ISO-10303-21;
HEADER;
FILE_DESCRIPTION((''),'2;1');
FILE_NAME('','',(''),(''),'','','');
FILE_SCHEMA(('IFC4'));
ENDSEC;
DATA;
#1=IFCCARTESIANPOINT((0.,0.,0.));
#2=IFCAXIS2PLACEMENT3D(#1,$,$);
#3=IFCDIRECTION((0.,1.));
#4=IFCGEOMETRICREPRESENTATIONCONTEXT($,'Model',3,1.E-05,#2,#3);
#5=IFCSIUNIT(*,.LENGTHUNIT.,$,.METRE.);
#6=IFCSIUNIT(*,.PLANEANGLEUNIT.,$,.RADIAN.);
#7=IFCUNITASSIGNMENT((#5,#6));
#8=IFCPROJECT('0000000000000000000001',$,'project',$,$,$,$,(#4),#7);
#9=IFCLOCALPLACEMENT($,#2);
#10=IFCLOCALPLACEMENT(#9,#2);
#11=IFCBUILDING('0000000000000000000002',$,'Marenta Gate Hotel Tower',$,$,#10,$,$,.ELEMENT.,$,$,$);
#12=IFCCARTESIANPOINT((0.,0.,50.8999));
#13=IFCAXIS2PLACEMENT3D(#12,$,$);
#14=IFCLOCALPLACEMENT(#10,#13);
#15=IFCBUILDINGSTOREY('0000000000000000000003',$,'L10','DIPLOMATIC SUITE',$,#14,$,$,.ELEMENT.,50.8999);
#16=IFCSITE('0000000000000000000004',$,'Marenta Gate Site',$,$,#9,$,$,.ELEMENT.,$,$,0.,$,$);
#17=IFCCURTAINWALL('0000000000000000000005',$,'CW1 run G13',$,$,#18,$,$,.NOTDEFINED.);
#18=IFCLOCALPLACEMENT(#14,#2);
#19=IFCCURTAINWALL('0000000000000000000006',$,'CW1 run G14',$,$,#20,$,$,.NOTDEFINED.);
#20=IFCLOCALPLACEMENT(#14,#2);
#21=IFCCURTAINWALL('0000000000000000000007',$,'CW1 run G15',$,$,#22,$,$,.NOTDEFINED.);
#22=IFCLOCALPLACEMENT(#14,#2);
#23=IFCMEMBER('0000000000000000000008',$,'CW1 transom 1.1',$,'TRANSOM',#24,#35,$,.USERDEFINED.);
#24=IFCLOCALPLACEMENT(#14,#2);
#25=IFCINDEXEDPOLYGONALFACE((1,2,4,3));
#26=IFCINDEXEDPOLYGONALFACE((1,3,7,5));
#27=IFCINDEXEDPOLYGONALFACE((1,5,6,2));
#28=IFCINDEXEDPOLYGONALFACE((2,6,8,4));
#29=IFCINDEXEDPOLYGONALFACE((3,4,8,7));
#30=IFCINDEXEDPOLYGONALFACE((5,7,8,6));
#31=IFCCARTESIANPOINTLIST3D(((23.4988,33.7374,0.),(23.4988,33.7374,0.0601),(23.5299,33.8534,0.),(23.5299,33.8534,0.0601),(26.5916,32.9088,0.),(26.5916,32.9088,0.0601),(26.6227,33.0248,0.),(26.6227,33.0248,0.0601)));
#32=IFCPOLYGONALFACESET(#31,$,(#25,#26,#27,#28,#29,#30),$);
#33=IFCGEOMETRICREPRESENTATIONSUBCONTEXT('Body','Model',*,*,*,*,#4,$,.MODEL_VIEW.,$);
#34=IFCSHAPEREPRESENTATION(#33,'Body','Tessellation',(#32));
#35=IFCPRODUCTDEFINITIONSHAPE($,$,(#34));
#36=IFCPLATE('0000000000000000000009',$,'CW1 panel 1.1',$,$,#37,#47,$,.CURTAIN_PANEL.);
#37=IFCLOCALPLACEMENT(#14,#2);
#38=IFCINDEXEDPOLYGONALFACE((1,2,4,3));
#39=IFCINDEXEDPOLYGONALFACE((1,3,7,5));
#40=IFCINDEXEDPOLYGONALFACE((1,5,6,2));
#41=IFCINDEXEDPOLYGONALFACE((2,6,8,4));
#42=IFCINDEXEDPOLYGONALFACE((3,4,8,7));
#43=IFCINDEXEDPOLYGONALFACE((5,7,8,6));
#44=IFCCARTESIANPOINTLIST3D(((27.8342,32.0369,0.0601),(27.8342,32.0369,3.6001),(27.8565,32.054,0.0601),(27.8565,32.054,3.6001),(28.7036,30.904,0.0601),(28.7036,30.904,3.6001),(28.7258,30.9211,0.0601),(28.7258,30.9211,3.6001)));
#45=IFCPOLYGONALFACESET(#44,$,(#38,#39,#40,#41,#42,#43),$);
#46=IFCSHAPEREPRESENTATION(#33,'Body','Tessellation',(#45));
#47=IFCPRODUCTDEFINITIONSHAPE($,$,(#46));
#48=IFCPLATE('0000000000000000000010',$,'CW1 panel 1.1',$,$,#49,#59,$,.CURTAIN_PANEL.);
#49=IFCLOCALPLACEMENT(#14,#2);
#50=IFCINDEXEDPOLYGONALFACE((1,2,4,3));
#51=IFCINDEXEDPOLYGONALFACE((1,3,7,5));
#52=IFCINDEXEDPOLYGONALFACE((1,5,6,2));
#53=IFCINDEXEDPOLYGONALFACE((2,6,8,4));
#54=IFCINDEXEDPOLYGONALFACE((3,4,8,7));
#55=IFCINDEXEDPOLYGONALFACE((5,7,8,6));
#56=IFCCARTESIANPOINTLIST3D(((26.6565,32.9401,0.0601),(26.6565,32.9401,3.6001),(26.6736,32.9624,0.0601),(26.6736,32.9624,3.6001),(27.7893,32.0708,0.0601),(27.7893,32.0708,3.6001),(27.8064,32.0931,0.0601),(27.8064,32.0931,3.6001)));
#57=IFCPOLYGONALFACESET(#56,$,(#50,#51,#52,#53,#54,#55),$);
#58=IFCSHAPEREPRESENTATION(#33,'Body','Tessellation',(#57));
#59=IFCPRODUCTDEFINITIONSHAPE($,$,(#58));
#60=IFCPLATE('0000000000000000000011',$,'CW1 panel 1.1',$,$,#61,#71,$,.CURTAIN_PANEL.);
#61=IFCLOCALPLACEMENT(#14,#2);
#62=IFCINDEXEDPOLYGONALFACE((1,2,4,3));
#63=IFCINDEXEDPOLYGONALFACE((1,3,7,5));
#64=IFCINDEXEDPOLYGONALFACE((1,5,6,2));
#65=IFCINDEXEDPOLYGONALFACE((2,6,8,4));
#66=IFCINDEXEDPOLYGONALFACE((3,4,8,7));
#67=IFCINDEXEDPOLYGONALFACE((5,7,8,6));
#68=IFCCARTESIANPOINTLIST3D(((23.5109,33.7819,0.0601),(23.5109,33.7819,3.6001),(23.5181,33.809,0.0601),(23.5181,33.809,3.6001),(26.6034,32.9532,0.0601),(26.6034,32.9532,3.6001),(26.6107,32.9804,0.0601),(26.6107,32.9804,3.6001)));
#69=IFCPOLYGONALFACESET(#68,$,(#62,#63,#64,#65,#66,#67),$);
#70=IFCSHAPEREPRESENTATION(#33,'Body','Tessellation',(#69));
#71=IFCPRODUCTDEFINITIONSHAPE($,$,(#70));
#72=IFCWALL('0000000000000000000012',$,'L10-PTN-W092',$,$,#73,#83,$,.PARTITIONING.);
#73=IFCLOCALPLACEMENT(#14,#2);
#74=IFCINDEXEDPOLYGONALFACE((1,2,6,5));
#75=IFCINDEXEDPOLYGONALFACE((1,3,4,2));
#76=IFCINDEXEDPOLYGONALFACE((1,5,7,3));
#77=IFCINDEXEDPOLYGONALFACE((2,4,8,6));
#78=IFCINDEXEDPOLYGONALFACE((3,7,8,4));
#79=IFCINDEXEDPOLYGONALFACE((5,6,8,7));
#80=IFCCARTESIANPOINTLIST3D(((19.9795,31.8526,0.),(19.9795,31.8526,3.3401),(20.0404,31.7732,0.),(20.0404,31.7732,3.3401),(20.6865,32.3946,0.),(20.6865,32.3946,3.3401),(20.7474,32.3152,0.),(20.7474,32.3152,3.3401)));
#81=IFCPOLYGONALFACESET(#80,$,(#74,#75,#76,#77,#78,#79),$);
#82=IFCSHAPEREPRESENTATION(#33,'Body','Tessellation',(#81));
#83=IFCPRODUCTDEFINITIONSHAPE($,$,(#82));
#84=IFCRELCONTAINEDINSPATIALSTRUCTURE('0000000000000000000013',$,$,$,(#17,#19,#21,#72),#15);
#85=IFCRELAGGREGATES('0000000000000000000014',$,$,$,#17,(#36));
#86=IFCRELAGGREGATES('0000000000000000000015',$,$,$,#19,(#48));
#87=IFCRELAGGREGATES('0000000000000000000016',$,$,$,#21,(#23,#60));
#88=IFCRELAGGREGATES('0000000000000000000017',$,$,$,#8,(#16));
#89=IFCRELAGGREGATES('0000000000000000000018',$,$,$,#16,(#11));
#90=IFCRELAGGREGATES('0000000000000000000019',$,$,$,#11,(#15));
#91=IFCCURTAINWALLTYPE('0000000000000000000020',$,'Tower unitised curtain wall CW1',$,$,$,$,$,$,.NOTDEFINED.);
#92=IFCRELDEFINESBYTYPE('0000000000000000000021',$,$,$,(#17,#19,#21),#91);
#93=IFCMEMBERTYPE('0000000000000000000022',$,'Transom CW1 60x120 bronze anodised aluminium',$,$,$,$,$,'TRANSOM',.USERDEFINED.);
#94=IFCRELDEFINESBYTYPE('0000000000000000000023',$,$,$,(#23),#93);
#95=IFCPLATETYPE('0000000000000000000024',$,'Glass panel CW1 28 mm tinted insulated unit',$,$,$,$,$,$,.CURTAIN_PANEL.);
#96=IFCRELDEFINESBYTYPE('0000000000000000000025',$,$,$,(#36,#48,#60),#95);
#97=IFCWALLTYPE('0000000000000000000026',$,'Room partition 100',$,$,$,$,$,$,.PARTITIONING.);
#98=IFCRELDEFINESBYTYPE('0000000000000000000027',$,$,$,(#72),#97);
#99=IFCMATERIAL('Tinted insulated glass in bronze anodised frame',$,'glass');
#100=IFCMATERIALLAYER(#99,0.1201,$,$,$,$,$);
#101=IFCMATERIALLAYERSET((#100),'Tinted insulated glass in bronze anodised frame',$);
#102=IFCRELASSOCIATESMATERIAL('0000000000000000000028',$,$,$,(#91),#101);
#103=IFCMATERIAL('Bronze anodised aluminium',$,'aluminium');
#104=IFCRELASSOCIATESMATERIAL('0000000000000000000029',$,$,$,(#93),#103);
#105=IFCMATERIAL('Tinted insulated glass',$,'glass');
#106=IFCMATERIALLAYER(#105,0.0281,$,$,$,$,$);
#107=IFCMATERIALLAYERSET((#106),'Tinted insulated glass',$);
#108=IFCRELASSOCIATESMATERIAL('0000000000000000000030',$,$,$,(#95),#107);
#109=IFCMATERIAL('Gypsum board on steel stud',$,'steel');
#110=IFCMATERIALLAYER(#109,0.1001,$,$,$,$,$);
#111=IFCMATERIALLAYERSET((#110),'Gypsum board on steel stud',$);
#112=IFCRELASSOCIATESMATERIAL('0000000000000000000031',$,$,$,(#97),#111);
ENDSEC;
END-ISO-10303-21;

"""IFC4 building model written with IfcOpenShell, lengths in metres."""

from ifc_helpers import new_model, si_unit, direction, frame, frame_2d, origin, origin_2d, place, context, subcontext, project, spatial, rectangle, extrude, material, layer, layer_set, material_profile, profile_set, type_object, element, aggregate, save


model = new_model("IFC4")

# Units and contexts
model_context = context("Model", 3, precision=1e-05, world=origin(), true_north=direction((0.0, 1.0)))
body_context = subcontext(model_context, "Body", "Model", "MODEL_VIEW")
ifc_project = project(units=[si_unit("LENGTHUNIT", "METRE"), si_unit("PLANEANGLEUNIT", "RADIAN")], contexts=[model_context])

# Site, building, storey
site_placement = place(None, origin())
site = spatial("IfcSite", under=ifc_project, at=site_placement, Name="Marenta Gate Site", CompositionType="ELEMENT", RefElevation=0.0)
building_placement = place(site_placement, origin())
building = spatial("IfcBuilding", under=site, at=building_placement, Name="Marenta Gate Hotel Tower", CompositionType="ELEMENT")
storey_placement = place(building_placement, frame((0.0, 0.0, 50.8999)))
storey = spatial("IfcBuildingStorey", under=building, at=storey_placement, Name="L10", Description="DIPLOMATIC SUITE", CompositionType="ELEMENT", Elevation=50.8999)

# Curtain walls
ifc_material_1 = material(Name="Tinted insulated glass in bronze anodised frame", Category="glass")
ifc_layer_1 = layer(ifc_material_1, 0.1201)
ifc_layer_set_1 = layer_set([ifc_layer_1], Name="Tinted insulated glass in bronze anodised frame")
curtain_wall_type = type_object("IfcCurtainWallType", Name="Tower unitised curtain wall CW1", PredefinedType="NOTDEFINED", material=ifc_layer_set_1)
curtain_wall_1_placement = place(storey_placement, origin())
curtain_wall_1 = element("IfcCurtainWall", 1, at=curtain_wall_1_placement, inside=storey, type_object=curtain_wall_type, Name="CW1 run G13", PredefinedType="NOTDEFINED")
curtain_wall_2_placement = place(storey_placement, origin())
curtain_wall_2 = element("IfcCurtainWall", 2, at=curtain_wall_2_placement, inside=storey, type_object=curtain_wall_type, Name="CW1 run G14", PredefinedType="NOTDEFINED")

# Curtain wall
curtain_wall_3_placement = place(storey_placement, origin())
curtain_wall_3 = element("IfcCurtainWall", 3, at=curtain_wall_3_placement, inside=storey, type_object=curtain_wall_type, Name="CW1 run G15", PredefinedType="NOTDEFINED")

# Member
ifc_material_2 = material(Name="Bronze anodised aluminium", Category="aluminium")
ifc_material_profile_1 = material_profile(ifc_material_2, rectangle(XDim=0.1201, YDim=0.0601, at=origin_2d()), Name="Transom CW1 60x120 bronze anodised aluminium")
ifc_profile_set_1 = profile_set([ifc_material_profile_1], Name="Bronze anodised aluminium")
member_type_1 = type_object("IfcMemberType", Name="Transom CW1 60x120 bronze anodised aluminium", ElementType="TRANSOM", PredefinedType="USERDEFINED", material=ifc_profile_set_1)
member_1_placement = place(storey_placement, frame((26.6072, 32.9668, 0.03), z_axis=(-0.965933, 0.258792, 0.0), x_axis=(-0.258792, -0.965933, 0.0)))
member_1 = element("IfcMember", 4, at=member_1_placement, type_object=member_type_1, Name="CW1 transom 1.1", ObjectType="TRANSOM", PredefinedType="USERDEFINED", context=body_context, shape_type="SweptSolid", body=[
    extrude(rectangle(XDim=0.1201, YDim=0.0601, at=origin_2d()), origin(), (0.0, 0.0, 1.0), 3.2019),
])

# Plates
ifc_material_3 = material(Name="Tinted insulated glass", Category="glass")
ifc_layer_2 = layer(ifc_material_3, 0.0281)
ifc_layer_set_2 = layer_set([ifc_layer_2], Name="Tinted insulated glass")
plate_type = type_object("IfcPlateType", Name="Glass panel CW1 28 mm tinted insulated unit", PredefinedType="CURTAIN_PANEL", material=ifc_layer_set_2)
plate_1_placement = place(storey_placement, frame((28.28, 31.479, 0.0601), z_axis=(0.0, 0.0, 1.0), x_axis=(-0.608781, 0.793338, 0.0)))
plate_1 = element("IfcPlate", 5, at=plate_1_placement, type_object=plate_type, Name="CW1 panel 1.1", PredefinedType="CURTAIN_PANEL", context=body_context, shape_type="SweptSolid", body=[
    extrude(rectangle(XDim=1.428, YDim=0.0281, at=origin_2d()), origin(), (0.0, 0.0, 1.0), 3.54),
])
aggregate(curtain_wall_1, [plate_1])
plate_2_placement = place(storey_placement, frame((27.2314, 32.5166, 0.0601), z_axis=(0.0, 0.0, 1.0), x_axis=(-0.793338, 0.608781, 0.0)))
plate_2 = element("IfcPlate", 6, at=plate_2_placement, type_object=plate_type, Name="CW1 panel 1.1", PredefinedType="CURTAIN_PANEL", context=body_context, shape_type="SweptSolid", body=[
    extrude(rectangle(XDim=1.428, YDim=0.0281, at=origin_2d()), origin(), (0.0, 0.0, 1.0), 3.54),
])
aggregate(curtain_wall_2, [plate_2])
plate_3_placement = place(storey_placement, frame((25.0608, 33.3811, 0.0601), z_axis=(0.0, 0.0, 1.0), x_axis=(-0.965929, 0.258807, 0.0)))
plate_3 = element("IfcPlate", 7, at=plate_3_placement, type_object=plate_type, Name="CW1 panel 1.1", PredefinedType="CURTAIN_PANEL", context=body_context, shape_type="SweptSolid", body=[
    extrude(rectangle(XDim=3.2017, YDim=0.0281, at=origin_2d()), origin(), (0.0, 0.0, 1.0), 3.54),
])
aggregate(curtain_wall_3, [member_1, plate_3])

# Wall
ifc_material_4 = material(Name="Gypsum board on steel stud", Category="steel")
ifc_layer_3 = layer(ifc_material_4, 0.1001)
ifc_layer_set_3 = layer_set([ifc_layer_3], Name="Gypsum board on steel stud")
wall_type_1 = type_object("IfcWallType", Name="Room partition 100", PredefinedType="PARTITIONING", material=ifc_layer_set_3)
wall_1_placement = place(storey_placement, frame((20.01, 31.813, 0.0), z_axis=(0.0, 0.0, 1.0), x_axis=(0.793642, 0.608386, 0.0)))
element("IfcWall", 8, at=wall_1_placement, inside=storey, type_object=wall_type_1, Name="L10-PTN-W092", PredefinedType="PARTITIONING", context=body_context, shape_type="SweptSolid", body=[
    extrude(rectangle(XDim=0.8909, YDim=0.1001, at=frame_2d((0.4453, 0.0))), origin(), (0.0, 0.0, 1.0), 3.3401),
])

save(model, "model.ifc")
